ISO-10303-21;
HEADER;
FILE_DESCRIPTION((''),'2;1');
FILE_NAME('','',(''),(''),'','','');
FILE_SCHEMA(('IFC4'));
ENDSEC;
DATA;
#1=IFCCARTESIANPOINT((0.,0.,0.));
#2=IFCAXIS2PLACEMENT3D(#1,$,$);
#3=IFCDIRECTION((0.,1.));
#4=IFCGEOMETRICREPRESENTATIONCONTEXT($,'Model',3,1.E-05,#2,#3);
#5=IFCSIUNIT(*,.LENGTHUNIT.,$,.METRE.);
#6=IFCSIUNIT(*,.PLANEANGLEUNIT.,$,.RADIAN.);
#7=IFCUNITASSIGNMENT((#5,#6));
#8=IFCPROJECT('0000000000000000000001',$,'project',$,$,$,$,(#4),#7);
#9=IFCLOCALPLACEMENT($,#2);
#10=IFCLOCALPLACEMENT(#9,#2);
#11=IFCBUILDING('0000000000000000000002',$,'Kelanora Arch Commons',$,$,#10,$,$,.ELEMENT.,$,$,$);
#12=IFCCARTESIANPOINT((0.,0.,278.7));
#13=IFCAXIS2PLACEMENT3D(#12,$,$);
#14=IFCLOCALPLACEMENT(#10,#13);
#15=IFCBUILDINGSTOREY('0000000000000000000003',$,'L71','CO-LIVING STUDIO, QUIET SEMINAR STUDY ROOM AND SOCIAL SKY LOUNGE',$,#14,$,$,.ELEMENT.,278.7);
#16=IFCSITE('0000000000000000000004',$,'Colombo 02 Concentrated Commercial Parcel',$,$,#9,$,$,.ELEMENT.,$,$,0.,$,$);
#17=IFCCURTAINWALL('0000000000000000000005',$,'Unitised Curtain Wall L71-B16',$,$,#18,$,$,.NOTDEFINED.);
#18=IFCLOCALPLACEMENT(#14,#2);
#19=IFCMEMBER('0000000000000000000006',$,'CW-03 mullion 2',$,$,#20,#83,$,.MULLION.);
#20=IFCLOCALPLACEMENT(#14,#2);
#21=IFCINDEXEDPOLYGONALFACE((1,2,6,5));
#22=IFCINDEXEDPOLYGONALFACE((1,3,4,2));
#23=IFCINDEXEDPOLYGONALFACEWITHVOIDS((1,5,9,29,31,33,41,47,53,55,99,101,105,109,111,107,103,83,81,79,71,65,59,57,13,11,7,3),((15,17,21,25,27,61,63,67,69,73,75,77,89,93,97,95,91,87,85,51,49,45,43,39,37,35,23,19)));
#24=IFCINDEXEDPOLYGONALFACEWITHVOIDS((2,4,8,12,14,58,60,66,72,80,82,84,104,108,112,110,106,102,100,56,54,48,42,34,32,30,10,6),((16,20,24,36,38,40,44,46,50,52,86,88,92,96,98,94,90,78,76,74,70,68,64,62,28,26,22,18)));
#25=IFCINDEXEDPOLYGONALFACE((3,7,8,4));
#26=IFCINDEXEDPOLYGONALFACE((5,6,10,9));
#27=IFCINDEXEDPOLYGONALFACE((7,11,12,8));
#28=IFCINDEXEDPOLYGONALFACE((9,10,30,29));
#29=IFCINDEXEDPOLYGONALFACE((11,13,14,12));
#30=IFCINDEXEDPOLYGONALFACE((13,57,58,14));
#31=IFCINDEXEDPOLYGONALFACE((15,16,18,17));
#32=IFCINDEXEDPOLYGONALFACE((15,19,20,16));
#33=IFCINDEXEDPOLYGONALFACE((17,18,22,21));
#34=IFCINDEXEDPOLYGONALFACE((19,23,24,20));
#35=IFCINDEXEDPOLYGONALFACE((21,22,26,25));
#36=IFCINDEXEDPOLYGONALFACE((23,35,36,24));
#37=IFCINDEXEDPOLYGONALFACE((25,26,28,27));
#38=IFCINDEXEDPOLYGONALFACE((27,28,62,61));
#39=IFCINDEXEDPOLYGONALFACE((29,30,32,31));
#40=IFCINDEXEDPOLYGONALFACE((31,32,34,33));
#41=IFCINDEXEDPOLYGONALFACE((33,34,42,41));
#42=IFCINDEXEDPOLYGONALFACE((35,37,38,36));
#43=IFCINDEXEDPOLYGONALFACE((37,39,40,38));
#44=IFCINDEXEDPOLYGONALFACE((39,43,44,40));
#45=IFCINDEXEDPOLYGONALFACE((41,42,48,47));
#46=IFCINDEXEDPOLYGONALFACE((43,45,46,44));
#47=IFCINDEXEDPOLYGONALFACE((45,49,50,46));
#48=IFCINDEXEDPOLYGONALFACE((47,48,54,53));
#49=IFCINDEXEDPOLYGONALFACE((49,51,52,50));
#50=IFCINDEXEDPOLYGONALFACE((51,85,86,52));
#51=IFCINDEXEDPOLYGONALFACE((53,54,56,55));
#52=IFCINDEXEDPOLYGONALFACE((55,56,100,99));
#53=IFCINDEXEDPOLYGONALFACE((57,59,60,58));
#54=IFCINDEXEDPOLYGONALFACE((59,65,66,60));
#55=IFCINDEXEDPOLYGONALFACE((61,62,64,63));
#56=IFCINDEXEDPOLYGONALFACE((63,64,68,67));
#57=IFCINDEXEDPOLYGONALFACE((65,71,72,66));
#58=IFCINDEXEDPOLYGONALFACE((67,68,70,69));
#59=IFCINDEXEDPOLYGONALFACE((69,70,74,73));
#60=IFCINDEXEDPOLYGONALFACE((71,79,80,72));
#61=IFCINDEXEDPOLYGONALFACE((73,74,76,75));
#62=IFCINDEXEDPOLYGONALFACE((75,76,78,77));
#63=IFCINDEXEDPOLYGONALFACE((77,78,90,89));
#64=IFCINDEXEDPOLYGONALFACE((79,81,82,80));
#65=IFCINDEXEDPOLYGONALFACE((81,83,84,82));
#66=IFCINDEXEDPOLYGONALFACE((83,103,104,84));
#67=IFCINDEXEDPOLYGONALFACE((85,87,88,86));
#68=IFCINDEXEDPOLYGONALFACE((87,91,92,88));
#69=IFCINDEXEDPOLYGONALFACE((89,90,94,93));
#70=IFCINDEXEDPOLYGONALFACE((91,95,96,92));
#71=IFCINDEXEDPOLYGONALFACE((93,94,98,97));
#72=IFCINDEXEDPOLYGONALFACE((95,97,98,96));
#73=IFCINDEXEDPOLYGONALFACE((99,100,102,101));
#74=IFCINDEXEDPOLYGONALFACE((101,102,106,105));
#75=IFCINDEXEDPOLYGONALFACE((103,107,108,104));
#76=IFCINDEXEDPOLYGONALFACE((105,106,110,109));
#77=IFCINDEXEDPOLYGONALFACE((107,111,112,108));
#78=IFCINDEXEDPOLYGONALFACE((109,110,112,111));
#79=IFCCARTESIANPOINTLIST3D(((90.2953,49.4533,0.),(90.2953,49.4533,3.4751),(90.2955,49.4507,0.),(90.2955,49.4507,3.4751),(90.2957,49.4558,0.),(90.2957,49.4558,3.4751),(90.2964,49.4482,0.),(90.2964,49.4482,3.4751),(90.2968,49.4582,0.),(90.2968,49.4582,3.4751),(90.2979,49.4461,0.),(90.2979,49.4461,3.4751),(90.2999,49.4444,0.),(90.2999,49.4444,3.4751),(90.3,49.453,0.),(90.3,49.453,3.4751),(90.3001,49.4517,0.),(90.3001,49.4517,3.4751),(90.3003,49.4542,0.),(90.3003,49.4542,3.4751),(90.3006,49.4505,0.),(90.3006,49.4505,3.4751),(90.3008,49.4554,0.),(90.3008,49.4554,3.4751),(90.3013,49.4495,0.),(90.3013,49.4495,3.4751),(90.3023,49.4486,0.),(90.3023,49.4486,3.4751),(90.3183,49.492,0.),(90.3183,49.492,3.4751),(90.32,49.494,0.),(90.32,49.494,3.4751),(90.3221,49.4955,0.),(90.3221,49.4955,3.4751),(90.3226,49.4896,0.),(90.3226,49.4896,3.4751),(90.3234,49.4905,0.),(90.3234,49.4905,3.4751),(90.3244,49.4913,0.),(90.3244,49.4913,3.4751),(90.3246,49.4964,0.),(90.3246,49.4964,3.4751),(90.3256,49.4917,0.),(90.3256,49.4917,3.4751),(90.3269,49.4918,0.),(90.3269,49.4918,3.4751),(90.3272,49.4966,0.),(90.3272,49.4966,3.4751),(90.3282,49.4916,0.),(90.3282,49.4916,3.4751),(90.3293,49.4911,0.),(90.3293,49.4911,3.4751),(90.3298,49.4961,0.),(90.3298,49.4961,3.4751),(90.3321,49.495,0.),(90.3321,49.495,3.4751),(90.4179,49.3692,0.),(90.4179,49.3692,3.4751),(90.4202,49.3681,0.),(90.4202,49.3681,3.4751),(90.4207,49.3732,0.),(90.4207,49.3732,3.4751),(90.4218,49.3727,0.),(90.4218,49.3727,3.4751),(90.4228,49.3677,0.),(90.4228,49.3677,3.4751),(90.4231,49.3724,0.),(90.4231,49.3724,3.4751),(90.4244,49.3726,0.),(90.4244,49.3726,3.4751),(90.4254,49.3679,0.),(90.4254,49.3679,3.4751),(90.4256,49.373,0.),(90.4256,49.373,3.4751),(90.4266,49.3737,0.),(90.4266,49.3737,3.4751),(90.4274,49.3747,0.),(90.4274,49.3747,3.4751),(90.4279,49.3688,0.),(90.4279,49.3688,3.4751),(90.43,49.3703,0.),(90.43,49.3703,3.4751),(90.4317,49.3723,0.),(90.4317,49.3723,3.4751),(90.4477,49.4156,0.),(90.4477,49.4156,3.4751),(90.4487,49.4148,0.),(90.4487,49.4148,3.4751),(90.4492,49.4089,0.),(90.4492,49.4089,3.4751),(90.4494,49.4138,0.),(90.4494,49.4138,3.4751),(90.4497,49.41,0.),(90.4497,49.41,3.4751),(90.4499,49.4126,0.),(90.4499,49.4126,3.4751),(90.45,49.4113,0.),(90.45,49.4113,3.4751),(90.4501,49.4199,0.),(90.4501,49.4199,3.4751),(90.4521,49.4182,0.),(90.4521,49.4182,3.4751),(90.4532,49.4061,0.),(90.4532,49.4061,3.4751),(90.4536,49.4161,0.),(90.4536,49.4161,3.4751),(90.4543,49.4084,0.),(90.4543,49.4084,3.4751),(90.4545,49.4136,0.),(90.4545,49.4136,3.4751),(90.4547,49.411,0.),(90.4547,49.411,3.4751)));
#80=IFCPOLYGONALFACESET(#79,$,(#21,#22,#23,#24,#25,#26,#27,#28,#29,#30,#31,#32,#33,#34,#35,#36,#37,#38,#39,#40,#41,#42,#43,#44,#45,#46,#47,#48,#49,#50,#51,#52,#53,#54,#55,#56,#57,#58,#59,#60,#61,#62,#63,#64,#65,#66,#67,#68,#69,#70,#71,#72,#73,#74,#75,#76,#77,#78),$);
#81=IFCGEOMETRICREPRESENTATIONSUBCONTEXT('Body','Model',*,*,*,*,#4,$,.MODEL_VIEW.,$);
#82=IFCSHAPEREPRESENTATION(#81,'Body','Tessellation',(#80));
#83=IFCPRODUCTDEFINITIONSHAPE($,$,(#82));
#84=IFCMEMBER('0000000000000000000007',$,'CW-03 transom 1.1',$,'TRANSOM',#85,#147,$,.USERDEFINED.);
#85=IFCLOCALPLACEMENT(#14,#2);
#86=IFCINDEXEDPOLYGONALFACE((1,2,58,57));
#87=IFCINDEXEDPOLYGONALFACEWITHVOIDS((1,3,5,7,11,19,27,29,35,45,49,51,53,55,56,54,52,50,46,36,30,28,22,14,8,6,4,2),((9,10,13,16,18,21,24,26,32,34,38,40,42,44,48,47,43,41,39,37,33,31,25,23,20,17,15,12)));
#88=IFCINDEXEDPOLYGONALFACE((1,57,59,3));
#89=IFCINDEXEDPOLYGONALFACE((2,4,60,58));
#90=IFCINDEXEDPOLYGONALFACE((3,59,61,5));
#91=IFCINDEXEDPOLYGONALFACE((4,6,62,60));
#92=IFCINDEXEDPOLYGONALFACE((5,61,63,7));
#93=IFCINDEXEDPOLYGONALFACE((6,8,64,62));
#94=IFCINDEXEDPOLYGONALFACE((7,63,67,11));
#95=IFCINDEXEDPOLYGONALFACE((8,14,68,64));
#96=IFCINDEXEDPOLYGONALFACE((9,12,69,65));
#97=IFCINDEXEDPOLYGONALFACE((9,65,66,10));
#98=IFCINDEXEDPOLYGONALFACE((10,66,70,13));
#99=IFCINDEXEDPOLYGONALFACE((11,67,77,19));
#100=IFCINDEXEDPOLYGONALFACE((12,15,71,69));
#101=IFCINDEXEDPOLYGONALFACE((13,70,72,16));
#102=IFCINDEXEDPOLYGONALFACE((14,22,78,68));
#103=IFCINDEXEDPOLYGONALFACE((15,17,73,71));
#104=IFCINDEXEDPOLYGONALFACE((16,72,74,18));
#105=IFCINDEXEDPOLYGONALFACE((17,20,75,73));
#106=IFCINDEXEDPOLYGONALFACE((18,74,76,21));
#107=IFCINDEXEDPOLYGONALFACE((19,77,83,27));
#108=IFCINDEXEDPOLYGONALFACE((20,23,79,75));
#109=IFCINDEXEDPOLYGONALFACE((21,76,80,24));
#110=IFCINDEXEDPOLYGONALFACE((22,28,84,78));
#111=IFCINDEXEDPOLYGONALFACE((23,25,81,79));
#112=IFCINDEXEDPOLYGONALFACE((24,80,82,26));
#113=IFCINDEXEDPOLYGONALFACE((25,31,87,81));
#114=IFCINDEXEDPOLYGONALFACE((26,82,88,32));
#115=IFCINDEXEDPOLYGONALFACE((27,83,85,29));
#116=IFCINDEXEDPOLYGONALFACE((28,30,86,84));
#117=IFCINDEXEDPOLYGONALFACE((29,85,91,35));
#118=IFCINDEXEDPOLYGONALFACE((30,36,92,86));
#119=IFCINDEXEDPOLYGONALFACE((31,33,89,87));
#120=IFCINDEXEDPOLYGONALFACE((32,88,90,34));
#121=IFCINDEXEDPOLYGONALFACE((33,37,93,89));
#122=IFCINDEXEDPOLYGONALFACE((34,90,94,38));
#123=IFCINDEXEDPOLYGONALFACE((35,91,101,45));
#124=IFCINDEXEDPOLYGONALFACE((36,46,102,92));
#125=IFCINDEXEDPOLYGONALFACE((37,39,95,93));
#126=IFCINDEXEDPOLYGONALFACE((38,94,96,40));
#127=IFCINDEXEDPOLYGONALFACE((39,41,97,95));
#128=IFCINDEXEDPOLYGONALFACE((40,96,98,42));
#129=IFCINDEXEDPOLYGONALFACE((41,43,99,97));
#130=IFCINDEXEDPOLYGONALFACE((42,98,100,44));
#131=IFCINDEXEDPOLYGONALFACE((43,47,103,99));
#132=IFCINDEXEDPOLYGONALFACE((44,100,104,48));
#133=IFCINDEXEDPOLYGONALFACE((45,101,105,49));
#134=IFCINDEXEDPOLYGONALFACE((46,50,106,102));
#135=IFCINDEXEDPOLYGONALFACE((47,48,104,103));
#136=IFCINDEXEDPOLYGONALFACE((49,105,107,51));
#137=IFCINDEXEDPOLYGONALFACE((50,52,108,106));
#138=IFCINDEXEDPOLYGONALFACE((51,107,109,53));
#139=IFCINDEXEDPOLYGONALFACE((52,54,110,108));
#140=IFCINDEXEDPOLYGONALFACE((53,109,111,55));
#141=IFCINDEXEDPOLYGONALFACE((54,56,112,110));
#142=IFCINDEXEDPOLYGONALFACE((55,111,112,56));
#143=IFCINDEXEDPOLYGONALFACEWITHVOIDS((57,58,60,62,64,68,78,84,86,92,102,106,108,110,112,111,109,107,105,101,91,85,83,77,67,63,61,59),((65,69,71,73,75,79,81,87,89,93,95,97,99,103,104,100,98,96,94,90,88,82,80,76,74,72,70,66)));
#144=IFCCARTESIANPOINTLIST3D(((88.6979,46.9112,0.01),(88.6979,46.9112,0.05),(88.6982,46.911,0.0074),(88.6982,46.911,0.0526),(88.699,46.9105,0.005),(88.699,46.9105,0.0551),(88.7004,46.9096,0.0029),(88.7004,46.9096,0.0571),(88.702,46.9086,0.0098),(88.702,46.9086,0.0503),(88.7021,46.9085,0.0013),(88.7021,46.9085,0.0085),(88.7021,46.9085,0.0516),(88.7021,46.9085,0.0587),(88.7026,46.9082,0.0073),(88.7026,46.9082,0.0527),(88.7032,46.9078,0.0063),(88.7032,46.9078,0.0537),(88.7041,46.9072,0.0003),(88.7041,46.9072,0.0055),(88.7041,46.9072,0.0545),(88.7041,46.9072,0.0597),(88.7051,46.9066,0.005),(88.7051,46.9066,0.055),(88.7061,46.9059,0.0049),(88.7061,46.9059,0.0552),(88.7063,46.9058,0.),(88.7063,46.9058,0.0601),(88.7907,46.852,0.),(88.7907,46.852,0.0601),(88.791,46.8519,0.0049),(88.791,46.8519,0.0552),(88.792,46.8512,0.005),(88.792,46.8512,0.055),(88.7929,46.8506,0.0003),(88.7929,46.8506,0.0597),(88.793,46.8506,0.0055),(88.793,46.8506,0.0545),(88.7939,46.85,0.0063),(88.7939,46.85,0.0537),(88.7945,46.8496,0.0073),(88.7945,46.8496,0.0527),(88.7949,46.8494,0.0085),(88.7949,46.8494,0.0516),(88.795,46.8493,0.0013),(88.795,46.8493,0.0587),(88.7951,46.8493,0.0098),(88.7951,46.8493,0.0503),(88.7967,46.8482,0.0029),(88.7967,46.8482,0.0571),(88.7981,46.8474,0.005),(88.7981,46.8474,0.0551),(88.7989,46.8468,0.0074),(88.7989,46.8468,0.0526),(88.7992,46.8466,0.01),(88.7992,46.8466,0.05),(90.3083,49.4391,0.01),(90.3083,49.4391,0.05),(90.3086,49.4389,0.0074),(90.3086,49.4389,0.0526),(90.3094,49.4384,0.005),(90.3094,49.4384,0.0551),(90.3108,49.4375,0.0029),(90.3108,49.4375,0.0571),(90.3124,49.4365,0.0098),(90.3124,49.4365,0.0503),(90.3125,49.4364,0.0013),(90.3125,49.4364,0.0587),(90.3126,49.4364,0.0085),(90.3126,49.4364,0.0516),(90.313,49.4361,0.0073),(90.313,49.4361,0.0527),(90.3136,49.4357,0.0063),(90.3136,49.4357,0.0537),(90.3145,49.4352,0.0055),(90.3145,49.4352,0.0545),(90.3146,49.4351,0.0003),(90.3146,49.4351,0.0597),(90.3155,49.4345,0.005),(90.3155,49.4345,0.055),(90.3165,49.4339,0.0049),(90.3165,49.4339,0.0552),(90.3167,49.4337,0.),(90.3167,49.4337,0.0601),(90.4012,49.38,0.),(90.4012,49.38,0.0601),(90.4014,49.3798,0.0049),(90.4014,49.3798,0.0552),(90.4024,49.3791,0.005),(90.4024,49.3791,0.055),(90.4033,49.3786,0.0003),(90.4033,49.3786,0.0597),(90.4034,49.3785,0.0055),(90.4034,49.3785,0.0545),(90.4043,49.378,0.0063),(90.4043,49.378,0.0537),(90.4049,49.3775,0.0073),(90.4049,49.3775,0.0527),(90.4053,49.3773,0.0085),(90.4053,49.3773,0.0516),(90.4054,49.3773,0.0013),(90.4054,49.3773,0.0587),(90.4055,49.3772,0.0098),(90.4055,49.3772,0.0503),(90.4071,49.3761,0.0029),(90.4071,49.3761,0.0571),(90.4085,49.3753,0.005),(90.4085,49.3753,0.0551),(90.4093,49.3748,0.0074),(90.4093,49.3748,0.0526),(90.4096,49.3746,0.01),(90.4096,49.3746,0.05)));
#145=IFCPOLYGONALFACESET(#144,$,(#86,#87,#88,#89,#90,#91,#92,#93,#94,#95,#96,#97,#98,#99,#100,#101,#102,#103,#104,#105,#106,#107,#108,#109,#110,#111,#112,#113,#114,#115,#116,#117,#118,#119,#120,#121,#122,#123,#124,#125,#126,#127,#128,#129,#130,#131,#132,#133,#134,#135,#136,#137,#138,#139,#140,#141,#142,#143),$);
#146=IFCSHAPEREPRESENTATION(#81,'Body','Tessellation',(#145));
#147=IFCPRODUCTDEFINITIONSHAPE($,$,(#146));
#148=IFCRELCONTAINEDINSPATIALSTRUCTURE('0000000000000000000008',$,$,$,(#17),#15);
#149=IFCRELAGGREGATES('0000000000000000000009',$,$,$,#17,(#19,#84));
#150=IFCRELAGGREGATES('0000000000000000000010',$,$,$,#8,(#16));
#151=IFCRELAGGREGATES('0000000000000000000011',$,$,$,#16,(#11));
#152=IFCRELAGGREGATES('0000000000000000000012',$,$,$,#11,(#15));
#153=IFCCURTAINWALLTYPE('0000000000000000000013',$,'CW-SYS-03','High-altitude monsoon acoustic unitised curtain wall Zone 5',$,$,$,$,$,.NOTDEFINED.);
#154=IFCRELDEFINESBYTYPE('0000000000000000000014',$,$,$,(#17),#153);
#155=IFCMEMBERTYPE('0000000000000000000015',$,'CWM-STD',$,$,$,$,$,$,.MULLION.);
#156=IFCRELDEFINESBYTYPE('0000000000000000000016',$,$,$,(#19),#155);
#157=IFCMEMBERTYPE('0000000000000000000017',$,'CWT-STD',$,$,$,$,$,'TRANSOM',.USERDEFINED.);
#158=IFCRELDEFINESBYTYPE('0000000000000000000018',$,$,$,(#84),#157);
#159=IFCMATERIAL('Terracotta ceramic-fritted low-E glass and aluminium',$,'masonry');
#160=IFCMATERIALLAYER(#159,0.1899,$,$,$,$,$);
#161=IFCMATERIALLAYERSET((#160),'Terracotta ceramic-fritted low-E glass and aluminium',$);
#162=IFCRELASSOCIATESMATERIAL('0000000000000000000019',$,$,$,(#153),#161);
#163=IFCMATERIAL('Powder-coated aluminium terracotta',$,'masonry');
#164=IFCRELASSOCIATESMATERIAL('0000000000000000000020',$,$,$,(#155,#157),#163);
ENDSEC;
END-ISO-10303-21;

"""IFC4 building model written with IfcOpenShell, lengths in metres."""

from ifc_helpers import new_model, si_unit, direction, frame, origin, origin_2d, place, context, subcontext, project, spatial, hollow_rectangle, extrude, material, layer, layer_set, material_profile, profile_set, type_object, element, aggregate, save


model = new_model("IFC4")

# Units and contexts
model_context = context("Model", 3, precision=1e-05, world=origin(), true_north=direction((0.0, 1.0)))
body_context = subcontext(model_context, "Body", "Model", "MODEL_VIEW")
ifc_project = project(units=[si_unit("LENGTHUNIT", "METRE"), si_unit("PLANEANGLEUNIT", "RADIAN")], contexts=[model_context])

# Site, building, storey
site_placement = place(None, origin())
site = spatial("IfcSite", under=ifc_project, at=site_placement, Name="Colombo 02 Concentrated Commercial Parcel", CompositionType="ELEMENT", RefElevation=0.0)
building_placement = place(site_placement, origin())
building = spatial("IfcBuilding", under=site, at=building_placement, Name="Kelanora Arch Commons", CompositionType="ELEMENT")
storey_placement = place(building_placement, frame((0.0, 0.0, 278.7)))
storey = spatial("IfcBuildingStorey", under=building, at=storey_placement, Name="L71", Description="CO-LIVING STUDIO, QUIET SEMINAR STUDY ROOM AND SOCIAL SKY LOUNGE", CompositionType="ELEMENT", Elevation=278.7)

# Shared definitions
ifc_material_1 = material(Name="Terracotta ceramic-fritted low-E glass and aluminium", Category="masonry")
ifc_layer_1 = layer(ifc_material_1, 0.1899)
ifc_layer_set_1 = layer_set([ifc_layer_1], Name="Terracotta ceramic-fritted low-E glass and aluminium")
curtain_wall_type = type_object("IfcCurtainWallType", Name="CW-SYS-03", Description="High-altitude monsoon acoustic unitised curtain wall Zone 5", PredefinedType="NOTDEFINED", material=ifc_layer_set_1)
ifc_material_2 = material(Name="Powder-coated aluminium terracotta", Category="masonry")
ifc_material_profile_1 = material_profile(ifc_material_2, hollow_rectangle(XDim=0.1599, YDim=0.0601, WallThickness=0.0049, InnerFilletRadius=0.0049, OuterFilletRadius=0.01, at=origin_2d()), Name="CWM160x60")
ifc_profile_set_1 = profile_set([ifc_material_profile_1], Name="Powder-coated aluminium terracotta")
member_type_1 = type_object("IfcMemberType", Name="CWM-STD", PredefinedType="MULLION", material=ifc_profile_set_1)

# Curtain wall, members
curtain_wall_1_placement = place(storey_placement, origin())
curtain_wall_1 = element("IfcCurtainWall", 1, at=curtain_wall_1_placement, inside=storey, type_object=curtain_wall_type, Name="Unitised Curtain Wall L71-B16", PredefinedType="NOTDEFINED")
member_1_placement = place(storey_placement, frame((90.375, 49.4321, 0.0), z_axis=(0.0, 0.0, 1.0), x_axis=(-0.843391, 0.5373, 0.0)))
member_1 = element("IfcMember", 2, at=member_1_placement, type_object=member_type_1, Name="CW-03 mullion 2", PredefinedType="MULLION", context=body_context, shape_type="SweptSolid", body=[
    extrude(hollow_rectangle(XDim=0.1599, YDim=0.0601, WallThickness=0.0049, InnerFilletRadius=0.0049, OuterFilletRadius=0.01, at=origin_2d()), origin(), (0.0, 0.0, 1.0), 3.4751),
])
ifc_material_profile_2 = material_profile(ifc_material_2, hollow_rectangle(XDim=0.1201, YDim=0.0601, WallThickness=0.0049, InnerFilletRadius=0.0049, OuterFilletRadius=0.01, at=origin_2d()), Name="CWT120x60")
ifc_profile_set_2 = profile_set([ifc_material_profile_2], Name="Powder-coated aluminium terracotta")
member_type_2 = type_object("IfcMemberType", Name="CWT-STD", ElementType="TRANSOM", PredefinedType="USERDEFINED", material=ifc_profile_set_2)
member_2_placement = place(storey_placement, frame((88.7485, 46.8789, 0.03), z_axis=(0.537287, 0.8434, 0.0), x_axis=(-0.8434, 0.537287, 0.0)))
member_2 = element("IfcMember", 3, at=member_2_placement, type_object=member_type_2, Name="CW-03 transom 1.1", ObjectType="TRANSOM", PredefinedType="USERDEFINED", context=body_context, shape_type="SweptSolid", body=[
    extrude(hollow_rectangle(XDim=0.1201, YDim=0.0601, WallThickness=0.0049, InnerFilletRadius=0.0049, OuterFilletRadius=0.01, at=origin_2d()), origin(), (0.0, 0.0, 1.0), 2.9973),
])
aggregate(curtain_wall_1, [member_1, member_2])

save(model, "model.ifc")
